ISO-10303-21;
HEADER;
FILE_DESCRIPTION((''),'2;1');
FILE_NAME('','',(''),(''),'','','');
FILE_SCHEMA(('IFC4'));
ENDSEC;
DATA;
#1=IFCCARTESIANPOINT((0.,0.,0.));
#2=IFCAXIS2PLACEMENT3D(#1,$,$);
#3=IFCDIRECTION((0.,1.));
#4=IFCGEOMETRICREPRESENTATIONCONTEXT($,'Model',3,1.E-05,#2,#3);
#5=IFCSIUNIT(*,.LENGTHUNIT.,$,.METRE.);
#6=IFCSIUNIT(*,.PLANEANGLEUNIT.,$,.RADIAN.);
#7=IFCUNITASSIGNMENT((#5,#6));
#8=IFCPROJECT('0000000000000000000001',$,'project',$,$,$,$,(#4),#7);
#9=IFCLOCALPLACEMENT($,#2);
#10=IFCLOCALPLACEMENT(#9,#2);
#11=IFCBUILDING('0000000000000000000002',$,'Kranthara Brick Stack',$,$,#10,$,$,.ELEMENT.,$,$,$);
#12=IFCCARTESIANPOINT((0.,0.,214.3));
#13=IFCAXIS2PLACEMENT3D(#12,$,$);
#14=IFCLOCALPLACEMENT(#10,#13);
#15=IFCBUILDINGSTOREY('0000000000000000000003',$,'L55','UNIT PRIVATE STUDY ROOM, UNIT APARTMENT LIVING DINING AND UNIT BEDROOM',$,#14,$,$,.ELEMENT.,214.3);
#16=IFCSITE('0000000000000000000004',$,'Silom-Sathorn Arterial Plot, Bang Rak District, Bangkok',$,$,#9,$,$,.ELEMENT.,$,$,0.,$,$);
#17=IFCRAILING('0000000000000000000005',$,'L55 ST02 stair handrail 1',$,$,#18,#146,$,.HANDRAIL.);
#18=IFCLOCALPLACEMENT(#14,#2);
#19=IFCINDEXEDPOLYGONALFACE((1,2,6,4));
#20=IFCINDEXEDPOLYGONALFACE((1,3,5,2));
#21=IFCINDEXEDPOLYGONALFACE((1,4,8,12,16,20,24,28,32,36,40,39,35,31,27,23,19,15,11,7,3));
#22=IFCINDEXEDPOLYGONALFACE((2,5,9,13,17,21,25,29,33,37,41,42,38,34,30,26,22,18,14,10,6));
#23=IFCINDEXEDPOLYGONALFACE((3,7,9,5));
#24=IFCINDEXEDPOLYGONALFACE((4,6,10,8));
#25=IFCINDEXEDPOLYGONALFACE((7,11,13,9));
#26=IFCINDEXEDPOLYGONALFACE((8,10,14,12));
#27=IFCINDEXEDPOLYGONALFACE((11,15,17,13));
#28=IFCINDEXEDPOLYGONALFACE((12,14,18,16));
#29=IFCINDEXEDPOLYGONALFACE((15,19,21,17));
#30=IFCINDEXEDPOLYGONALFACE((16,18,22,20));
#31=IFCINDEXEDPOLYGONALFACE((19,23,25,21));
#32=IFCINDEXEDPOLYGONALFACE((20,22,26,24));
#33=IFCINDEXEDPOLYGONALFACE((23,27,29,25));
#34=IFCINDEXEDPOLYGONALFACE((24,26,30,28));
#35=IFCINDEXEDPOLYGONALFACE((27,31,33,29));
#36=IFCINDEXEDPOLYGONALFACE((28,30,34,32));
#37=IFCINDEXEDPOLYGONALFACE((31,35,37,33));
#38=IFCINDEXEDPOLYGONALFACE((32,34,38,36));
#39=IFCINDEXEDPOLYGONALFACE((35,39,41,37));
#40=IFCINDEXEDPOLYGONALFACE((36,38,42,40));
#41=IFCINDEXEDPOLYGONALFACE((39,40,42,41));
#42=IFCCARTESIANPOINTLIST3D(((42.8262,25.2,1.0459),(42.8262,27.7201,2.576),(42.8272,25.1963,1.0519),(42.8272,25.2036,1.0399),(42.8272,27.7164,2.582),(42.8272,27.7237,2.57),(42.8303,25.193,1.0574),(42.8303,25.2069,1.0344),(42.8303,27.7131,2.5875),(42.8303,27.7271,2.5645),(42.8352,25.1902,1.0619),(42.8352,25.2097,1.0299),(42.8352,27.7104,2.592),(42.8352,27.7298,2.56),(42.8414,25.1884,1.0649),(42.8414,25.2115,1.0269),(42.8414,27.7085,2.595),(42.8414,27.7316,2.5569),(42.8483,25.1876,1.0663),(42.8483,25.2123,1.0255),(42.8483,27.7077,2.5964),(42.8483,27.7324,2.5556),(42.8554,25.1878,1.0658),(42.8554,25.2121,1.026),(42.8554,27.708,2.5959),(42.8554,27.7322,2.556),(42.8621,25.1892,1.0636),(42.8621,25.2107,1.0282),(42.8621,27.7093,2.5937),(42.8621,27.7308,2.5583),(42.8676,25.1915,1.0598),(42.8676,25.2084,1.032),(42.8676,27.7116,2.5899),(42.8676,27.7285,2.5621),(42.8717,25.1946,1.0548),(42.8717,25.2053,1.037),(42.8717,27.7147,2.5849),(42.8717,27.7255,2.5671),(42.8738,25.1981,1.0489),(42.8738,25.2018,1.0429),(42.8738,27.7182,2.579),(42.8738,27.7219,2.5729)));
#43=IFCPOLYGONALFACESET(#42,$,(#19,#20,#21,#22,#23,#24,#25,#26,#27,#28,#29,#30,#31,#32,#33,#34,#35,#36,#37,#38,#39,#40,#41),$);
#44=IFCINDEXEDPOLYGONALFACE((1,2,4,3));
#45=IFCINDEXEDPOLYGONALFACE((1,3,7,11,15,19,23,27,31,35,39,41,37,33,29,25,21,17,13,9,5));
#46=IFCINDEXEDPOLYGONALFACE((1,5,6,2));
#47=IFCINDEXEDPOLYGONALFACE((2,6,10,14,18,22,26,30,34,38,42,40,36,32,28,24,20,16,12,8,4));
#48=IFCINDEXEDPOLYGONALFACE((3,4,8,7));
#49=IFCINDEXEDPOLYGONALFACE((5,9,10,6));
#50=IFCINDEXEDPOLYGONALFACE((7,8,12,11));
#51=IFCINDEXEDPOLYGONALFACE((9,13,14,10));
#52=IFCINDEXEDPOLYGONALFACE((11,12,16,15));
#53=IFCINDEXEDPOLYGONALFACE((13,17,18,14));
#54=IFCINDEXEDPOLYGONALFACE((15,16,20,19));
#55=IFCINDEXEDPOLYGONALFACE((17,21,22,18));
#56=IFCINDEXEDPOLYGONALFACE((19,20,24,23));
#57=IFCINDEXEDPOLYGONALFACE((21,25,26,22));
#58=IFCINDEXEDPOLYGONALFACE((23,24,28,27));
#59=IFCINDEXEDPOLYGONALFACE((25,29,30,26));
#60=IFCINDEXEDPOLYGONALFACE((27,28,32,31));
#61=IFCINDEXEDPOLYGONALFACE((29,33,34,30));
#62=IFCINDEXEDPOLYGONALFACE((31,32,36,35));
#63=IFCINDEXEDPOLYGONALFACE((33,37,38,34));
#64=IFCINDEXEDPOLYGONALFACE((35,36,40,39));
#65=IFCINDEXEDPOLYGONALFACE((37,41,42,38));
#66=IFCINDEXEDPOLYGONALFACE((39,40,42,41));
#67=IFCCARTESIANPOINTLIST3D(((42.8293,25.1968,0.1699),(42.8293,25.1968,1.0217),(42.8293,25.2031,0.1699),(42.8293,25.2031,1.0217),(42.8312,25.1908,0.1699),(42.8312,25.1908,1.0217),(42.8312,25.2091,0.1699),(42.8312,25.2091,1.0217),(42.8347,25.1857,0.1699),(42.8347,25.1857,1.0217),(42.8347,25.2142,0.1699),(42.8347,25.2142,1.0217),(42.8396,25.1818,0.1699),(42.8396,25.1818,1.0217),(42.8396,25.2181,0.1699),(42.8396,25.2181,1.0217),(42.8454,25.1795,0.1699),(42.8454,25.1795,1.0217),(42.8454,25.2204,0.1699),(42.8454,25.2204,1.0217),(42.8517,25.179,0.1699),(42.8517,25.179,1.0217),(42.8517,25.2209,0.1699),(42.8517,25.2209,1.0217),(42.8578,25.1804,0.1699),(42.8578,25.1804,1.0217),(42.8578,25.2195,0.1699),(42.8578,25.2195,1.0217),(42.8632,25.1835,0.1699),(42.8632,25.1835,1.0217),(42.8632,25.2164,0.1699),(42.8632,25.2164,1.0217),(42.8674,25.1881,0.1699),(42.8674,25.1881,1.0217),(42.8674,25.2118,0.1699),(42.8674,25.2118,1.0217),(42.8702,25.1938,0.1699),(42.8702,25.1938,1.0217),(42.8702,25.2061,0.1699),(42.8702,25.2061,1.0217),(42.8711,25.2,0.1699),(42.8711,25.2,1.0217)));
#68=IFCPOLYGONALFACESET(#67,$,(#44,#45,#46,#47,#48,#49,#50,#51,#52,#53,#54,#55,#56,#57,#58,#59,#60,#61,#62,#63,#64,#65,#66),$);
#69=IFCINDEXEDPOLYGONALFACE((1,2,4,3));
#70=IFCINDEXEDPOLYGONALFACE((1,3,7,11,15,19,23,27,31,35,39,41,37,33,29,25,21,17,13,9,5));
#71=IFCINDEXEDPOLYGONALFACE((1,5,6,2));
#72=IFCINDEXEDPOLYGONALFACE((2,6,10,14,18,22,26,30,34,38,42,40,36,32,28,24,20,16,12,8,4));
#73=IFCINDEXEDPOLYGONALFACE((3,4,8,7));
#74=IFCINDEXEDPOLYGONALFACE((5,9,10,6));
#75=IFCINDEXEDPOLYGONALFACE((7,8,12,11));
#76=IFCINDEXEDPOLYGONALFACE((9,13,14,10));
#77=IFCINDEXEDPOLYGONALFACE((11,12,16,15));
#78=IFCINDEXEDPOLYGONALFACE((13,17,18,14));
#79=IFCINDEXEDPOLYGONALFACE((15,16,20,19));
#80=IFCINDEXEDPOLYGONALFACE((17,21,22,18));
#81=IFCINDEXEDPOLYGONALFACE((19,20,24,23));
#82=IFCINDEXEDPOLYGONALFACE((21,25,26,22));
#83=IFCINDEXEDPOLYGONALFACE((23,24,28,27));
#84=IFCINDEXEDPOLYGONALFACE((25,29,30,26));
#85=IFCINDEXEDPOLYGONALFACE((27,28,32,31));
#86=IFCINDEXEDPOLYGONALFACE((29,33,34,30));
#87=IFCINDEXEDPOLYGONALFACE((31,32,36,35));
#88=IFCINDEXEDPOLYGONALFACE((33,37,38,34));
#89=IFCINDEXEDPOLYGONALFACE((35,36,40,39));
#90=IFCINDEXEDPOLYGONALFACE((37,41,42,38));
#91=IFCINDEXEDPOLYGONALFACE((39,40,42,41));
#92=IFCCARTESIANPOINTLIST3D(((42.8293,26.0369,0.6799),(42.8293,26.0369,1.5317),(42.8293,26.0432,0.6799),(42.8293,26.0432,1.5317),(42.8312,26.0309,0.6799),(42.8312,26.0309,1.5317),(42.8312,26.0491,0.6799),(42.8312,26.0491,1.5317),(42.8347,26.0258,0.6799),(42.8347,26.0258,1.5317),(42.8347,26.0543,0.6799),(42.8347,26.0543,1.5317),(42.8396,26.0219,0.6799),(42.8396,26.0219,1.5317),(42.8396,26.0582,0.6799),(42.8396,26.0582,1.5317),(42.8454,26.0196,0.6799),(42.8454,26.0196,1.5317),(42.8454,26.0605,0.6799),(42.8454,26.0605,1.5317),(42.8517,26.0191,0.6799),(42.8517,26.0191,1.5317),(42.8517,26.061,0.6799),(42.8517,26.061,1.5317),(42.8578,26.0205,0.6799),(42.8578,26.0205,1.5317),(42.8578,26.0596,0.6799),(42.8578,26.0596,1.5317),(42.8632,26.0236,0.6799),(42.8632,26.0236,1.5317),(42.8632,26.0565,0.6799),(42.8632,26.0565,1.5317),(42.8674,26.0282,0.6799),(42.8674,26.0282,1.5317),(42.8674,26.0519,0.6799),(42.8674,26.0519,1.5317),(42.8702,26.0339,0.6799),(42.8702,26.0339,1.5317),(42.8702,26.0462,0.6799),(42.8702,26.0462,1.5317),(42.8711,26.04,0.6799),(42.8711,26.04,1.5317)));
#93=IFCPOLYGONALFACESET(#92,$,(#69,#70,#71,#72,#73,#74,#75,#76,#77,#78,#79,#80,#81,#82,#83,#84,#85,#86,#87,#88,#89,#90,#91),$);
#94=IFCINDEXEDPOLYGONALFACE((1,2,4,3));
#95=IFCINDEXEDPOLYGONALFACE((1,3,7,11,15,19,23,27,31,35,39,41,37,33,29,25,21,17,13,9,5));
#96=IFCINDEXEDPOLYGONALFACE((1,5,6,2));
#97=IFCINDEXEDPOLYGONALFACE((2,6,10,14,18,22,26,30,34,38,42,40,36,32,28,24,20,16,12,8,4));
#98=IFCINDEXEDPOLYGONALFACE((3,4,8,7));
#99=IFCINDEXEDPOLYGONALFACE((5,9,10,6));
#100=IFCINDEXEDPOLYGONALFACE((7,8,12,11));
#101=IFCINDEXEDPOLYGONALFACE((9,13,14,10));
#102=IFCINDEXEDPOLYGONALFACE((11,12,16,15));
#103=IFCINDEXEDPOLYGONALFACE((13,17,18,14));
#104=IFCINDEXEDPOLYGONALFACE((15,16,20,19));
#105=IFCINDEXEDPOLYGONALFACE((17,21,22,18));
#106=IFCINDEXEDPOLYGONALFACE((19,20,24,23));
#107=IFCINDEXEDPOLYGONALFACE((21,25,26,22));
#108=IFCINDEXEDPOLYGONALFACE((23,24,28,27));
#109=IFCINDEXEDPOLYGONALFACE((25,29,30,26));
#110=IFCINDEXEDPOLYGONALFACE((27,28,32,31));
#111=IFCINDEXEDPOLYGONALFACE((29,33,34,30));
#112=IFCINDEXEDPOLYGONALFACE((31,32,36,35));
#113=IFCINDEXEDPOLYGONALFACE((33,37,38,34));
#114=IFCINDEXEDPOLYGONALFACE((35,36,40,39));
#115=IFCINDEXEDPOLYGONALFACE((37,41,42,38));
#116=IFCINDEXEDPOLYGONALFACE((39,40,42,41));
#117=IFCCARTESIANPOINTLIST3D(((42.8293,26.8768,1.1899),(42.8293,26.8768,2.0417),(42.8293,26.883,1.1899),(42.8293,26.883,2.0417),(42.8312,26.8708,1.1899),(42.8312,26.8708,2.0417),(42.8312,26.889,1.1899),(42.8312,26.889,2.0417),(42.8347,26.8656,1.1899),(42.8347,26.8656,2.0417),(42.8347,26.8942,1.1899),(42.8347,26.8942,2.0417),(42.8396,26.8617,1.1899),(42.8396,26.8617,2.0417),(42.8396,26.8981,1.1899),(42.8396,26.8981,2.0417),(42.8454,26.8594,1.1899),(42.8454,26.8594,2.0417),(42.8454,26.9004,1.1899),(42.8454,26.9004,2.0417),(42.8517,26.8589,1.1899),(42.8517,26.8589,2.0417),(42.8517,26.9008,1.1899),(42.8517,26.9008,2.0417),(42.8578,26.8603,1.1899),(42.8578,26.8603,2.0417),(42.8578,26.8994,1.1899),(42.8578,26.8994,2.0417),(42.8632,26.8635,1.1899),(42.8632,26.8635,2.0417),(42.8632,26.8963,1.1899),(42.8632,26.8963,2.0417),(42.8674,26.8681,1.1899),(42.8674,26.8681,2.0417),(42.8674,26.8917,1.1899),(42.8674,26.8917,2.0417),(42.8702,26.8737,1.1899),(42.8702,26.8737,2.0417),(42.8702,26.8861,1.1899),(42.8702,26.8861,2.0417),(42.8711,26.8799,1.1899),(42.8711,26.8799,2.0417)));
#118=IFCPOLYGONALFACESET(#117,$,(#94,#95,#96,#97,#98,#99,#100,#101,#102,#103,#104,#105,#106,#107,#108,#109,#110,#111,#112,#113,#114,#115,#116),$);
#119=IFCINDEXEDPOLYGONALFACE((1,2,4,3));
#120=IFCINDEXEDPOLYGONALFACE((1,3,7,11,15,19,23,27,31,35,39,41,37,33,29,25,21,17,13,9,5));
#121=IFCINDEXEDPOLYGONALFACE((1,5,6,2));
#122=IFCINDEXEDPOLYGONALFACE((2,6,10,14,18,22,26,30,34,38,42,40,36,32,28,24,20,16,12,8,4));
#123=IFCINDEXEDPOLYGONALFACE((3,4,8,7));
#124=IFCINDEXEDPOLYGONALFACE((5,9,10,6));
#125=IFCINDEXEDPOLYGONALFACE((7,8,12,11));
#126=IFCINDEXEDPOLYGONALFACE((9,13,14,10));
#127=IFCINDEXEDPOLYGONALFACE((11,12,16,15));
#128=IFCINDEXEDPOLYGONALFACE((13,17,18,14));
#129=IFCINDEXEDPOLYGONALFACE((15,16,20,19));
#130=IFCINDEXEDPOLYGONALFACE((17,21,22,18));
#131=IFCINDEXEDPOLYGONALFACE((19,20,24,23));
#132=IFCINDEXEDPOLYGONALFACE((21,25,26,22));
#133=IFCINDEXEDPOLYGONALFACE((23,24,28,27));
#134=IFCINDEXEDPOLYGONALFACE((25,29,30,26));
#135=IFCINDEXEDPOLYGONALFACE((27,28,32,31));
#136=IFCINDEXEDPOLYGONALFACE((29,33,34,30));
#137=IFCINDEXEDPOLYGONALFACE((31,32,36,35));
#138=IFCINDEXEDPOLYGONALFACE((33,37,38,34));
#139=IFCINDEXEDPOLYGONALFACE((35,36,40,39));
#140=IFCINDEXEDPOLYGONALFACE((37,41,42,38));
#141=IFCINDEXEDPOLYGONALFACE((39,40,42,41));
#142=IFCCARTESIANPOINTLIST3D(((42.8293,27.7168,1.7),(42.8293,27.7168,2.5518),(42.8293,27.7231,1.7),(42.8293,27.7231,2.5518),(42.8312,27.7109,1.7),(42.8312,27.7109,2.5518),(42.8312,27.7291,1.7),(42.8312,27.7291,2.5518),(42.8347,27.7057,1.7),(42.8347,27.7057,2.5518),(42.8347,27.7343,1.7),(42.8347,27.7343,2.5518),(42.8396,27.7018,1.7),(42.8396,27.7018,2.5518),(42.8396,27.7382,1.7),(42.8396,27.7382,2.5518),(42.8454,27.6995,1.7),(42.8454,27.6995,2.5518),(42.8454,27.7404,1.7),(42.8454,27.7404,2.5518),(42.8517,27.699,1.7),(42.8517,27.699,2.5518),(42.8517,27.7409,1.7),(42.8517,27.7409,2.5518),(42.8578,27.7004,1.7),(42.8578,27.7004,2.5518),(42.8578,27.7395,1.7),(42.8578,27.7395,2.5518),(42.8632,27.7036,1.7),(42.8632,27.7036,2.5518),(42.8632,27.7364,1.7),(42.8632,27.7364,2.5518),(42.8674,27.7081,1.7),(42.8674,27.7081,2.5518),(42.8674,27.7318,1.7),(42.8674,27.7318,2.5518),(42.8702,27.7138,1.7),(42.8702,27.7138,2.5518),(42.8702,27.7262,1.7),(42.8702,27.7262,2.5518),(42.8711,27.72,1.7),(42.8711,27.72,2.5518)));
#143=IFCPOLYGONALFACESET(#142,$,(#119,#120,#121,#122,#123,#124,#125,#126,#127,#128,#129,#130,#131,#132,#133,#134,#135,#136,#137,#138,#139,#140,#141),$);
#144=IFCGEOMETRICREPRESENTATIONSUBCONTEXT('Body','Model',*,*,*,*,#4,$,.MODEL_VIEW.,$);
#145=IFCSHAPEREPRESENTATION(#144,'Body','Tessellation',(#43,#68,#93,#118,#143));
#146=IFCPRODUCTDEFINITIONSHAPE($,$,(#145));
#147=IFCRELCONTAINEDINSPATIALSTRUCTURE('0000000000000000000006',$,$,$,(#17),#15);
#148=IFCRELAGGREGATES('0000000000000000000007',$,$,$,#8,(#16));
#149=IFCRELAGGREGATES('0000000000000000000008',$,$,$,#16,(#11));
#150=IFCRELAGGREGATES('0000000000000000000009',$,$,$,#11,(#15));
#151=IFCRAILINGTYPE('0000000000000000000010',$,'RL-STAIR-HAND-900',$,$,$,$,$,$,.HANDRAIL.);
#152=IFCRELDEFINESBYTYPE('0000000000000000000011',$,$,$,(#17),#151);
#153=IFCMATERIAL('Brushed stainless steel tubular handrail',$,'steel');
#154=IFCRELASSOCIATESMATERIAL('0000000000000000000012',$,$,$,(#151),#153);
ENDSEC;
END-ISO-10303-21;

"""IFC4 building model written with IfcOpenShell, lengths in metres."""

from ifc_helpers import new_model, si_unit, direction, frame, origin, origin_2d, place, context, subcontext, project, spatial, circle, extrude, material, type_object, element, save


model = new_model("IFC4")

# Units and contexts
model_context = context("Model", 3, precision=1e-05, world=origin(), true_north=direction((0.0, 1.0)))
body_context = subcontext(model_context, "Body", "Model", "MODEL_VIEW")
ifc_project = project(units=[si_unit("LENGTHUNIT", "METRE"), si_unit("PLANEANGLEUNIT", "RADIAN")], contexts=[model_context])

# Site, building, storey
site_placement = place(None, origin())
site = spatial("IfcSite", under=ifc_project, at=site_placement, Name="Silom-Sathorn Arterial Plot, Bang Rak District, Bangkok", CompositionType="ELEMENT", RefElevation=0.0)
building_placement = place(site_placement, origin())
building = spatial("IfcBuilding", under=site, at=building_placement, Name="Kranthara Brick Stack", CompositionType="ELEMENT")
storey_placement = place(building_placement, frame((0.0, 0.0, 214.3)))
storey = spatial("IfcBuildingStorey", under=building, at=storey_placement, Name="L55", Description="UNIT PRIVATE STUDY ROOM, UNIT APARTMENT LIVING DINING AND UNIT BEDROOM", CompositionType="ELEMENT", Elevation=214.3)

# Railing
ifc_material_1 = material(Name="Brushed stainless steel tubular handrail", Category="steel")
railing_type_1 = type_object("IfcRailingType", Name="RL-STAIR-HAND-900", PredefinedType="HANDRAIL", material=ifc_material_1)
railing_1_placement = place(storey_placement, frame((42.8501, 25.2, 0.1699)))
element("IfcRailing", 1, at=railing_1_placement, inside=storey, type_object=railing_type_1, Name="L55 ST02 stair handrail 1", PredefinedType="HANDRAIL", context=body_context, shape_type="SweptSolid", body=[
    extrude(circle(Radius=0.0239, at=origin_2d()), frame((0.0, 0.0, 0.876), z_axis=(0.0, 0.854785, 0.518982), x_axis=(-1.0, 0.0, 0.0)), (0.0, 0.0, 1.0), 2.9482),
    extrude(circle(Radius=0.021, at=origin_2d()), origin(), (0.0, 0.0, 1.0), 0.8518),
    extrude(circle(Radius=0.021, at=origin_2d()), frame((0.0, 0.8401, 0.51)), (0.0, 0.0, 1.0), 0.8518),
    extrude(circle(Radius=0.021, at=origin_2d()), frame((0.0, 1.6799, 1.02)), (0.0, 0.0, 1.0), 0.8518),
    extrude(circle(Radius=0.021, at=origin_2d()), frame((0.0, 2.52, 1.53)), (0.0, 0.0, 1.0), 0.8518),
])

save(model, "model.ifc")
